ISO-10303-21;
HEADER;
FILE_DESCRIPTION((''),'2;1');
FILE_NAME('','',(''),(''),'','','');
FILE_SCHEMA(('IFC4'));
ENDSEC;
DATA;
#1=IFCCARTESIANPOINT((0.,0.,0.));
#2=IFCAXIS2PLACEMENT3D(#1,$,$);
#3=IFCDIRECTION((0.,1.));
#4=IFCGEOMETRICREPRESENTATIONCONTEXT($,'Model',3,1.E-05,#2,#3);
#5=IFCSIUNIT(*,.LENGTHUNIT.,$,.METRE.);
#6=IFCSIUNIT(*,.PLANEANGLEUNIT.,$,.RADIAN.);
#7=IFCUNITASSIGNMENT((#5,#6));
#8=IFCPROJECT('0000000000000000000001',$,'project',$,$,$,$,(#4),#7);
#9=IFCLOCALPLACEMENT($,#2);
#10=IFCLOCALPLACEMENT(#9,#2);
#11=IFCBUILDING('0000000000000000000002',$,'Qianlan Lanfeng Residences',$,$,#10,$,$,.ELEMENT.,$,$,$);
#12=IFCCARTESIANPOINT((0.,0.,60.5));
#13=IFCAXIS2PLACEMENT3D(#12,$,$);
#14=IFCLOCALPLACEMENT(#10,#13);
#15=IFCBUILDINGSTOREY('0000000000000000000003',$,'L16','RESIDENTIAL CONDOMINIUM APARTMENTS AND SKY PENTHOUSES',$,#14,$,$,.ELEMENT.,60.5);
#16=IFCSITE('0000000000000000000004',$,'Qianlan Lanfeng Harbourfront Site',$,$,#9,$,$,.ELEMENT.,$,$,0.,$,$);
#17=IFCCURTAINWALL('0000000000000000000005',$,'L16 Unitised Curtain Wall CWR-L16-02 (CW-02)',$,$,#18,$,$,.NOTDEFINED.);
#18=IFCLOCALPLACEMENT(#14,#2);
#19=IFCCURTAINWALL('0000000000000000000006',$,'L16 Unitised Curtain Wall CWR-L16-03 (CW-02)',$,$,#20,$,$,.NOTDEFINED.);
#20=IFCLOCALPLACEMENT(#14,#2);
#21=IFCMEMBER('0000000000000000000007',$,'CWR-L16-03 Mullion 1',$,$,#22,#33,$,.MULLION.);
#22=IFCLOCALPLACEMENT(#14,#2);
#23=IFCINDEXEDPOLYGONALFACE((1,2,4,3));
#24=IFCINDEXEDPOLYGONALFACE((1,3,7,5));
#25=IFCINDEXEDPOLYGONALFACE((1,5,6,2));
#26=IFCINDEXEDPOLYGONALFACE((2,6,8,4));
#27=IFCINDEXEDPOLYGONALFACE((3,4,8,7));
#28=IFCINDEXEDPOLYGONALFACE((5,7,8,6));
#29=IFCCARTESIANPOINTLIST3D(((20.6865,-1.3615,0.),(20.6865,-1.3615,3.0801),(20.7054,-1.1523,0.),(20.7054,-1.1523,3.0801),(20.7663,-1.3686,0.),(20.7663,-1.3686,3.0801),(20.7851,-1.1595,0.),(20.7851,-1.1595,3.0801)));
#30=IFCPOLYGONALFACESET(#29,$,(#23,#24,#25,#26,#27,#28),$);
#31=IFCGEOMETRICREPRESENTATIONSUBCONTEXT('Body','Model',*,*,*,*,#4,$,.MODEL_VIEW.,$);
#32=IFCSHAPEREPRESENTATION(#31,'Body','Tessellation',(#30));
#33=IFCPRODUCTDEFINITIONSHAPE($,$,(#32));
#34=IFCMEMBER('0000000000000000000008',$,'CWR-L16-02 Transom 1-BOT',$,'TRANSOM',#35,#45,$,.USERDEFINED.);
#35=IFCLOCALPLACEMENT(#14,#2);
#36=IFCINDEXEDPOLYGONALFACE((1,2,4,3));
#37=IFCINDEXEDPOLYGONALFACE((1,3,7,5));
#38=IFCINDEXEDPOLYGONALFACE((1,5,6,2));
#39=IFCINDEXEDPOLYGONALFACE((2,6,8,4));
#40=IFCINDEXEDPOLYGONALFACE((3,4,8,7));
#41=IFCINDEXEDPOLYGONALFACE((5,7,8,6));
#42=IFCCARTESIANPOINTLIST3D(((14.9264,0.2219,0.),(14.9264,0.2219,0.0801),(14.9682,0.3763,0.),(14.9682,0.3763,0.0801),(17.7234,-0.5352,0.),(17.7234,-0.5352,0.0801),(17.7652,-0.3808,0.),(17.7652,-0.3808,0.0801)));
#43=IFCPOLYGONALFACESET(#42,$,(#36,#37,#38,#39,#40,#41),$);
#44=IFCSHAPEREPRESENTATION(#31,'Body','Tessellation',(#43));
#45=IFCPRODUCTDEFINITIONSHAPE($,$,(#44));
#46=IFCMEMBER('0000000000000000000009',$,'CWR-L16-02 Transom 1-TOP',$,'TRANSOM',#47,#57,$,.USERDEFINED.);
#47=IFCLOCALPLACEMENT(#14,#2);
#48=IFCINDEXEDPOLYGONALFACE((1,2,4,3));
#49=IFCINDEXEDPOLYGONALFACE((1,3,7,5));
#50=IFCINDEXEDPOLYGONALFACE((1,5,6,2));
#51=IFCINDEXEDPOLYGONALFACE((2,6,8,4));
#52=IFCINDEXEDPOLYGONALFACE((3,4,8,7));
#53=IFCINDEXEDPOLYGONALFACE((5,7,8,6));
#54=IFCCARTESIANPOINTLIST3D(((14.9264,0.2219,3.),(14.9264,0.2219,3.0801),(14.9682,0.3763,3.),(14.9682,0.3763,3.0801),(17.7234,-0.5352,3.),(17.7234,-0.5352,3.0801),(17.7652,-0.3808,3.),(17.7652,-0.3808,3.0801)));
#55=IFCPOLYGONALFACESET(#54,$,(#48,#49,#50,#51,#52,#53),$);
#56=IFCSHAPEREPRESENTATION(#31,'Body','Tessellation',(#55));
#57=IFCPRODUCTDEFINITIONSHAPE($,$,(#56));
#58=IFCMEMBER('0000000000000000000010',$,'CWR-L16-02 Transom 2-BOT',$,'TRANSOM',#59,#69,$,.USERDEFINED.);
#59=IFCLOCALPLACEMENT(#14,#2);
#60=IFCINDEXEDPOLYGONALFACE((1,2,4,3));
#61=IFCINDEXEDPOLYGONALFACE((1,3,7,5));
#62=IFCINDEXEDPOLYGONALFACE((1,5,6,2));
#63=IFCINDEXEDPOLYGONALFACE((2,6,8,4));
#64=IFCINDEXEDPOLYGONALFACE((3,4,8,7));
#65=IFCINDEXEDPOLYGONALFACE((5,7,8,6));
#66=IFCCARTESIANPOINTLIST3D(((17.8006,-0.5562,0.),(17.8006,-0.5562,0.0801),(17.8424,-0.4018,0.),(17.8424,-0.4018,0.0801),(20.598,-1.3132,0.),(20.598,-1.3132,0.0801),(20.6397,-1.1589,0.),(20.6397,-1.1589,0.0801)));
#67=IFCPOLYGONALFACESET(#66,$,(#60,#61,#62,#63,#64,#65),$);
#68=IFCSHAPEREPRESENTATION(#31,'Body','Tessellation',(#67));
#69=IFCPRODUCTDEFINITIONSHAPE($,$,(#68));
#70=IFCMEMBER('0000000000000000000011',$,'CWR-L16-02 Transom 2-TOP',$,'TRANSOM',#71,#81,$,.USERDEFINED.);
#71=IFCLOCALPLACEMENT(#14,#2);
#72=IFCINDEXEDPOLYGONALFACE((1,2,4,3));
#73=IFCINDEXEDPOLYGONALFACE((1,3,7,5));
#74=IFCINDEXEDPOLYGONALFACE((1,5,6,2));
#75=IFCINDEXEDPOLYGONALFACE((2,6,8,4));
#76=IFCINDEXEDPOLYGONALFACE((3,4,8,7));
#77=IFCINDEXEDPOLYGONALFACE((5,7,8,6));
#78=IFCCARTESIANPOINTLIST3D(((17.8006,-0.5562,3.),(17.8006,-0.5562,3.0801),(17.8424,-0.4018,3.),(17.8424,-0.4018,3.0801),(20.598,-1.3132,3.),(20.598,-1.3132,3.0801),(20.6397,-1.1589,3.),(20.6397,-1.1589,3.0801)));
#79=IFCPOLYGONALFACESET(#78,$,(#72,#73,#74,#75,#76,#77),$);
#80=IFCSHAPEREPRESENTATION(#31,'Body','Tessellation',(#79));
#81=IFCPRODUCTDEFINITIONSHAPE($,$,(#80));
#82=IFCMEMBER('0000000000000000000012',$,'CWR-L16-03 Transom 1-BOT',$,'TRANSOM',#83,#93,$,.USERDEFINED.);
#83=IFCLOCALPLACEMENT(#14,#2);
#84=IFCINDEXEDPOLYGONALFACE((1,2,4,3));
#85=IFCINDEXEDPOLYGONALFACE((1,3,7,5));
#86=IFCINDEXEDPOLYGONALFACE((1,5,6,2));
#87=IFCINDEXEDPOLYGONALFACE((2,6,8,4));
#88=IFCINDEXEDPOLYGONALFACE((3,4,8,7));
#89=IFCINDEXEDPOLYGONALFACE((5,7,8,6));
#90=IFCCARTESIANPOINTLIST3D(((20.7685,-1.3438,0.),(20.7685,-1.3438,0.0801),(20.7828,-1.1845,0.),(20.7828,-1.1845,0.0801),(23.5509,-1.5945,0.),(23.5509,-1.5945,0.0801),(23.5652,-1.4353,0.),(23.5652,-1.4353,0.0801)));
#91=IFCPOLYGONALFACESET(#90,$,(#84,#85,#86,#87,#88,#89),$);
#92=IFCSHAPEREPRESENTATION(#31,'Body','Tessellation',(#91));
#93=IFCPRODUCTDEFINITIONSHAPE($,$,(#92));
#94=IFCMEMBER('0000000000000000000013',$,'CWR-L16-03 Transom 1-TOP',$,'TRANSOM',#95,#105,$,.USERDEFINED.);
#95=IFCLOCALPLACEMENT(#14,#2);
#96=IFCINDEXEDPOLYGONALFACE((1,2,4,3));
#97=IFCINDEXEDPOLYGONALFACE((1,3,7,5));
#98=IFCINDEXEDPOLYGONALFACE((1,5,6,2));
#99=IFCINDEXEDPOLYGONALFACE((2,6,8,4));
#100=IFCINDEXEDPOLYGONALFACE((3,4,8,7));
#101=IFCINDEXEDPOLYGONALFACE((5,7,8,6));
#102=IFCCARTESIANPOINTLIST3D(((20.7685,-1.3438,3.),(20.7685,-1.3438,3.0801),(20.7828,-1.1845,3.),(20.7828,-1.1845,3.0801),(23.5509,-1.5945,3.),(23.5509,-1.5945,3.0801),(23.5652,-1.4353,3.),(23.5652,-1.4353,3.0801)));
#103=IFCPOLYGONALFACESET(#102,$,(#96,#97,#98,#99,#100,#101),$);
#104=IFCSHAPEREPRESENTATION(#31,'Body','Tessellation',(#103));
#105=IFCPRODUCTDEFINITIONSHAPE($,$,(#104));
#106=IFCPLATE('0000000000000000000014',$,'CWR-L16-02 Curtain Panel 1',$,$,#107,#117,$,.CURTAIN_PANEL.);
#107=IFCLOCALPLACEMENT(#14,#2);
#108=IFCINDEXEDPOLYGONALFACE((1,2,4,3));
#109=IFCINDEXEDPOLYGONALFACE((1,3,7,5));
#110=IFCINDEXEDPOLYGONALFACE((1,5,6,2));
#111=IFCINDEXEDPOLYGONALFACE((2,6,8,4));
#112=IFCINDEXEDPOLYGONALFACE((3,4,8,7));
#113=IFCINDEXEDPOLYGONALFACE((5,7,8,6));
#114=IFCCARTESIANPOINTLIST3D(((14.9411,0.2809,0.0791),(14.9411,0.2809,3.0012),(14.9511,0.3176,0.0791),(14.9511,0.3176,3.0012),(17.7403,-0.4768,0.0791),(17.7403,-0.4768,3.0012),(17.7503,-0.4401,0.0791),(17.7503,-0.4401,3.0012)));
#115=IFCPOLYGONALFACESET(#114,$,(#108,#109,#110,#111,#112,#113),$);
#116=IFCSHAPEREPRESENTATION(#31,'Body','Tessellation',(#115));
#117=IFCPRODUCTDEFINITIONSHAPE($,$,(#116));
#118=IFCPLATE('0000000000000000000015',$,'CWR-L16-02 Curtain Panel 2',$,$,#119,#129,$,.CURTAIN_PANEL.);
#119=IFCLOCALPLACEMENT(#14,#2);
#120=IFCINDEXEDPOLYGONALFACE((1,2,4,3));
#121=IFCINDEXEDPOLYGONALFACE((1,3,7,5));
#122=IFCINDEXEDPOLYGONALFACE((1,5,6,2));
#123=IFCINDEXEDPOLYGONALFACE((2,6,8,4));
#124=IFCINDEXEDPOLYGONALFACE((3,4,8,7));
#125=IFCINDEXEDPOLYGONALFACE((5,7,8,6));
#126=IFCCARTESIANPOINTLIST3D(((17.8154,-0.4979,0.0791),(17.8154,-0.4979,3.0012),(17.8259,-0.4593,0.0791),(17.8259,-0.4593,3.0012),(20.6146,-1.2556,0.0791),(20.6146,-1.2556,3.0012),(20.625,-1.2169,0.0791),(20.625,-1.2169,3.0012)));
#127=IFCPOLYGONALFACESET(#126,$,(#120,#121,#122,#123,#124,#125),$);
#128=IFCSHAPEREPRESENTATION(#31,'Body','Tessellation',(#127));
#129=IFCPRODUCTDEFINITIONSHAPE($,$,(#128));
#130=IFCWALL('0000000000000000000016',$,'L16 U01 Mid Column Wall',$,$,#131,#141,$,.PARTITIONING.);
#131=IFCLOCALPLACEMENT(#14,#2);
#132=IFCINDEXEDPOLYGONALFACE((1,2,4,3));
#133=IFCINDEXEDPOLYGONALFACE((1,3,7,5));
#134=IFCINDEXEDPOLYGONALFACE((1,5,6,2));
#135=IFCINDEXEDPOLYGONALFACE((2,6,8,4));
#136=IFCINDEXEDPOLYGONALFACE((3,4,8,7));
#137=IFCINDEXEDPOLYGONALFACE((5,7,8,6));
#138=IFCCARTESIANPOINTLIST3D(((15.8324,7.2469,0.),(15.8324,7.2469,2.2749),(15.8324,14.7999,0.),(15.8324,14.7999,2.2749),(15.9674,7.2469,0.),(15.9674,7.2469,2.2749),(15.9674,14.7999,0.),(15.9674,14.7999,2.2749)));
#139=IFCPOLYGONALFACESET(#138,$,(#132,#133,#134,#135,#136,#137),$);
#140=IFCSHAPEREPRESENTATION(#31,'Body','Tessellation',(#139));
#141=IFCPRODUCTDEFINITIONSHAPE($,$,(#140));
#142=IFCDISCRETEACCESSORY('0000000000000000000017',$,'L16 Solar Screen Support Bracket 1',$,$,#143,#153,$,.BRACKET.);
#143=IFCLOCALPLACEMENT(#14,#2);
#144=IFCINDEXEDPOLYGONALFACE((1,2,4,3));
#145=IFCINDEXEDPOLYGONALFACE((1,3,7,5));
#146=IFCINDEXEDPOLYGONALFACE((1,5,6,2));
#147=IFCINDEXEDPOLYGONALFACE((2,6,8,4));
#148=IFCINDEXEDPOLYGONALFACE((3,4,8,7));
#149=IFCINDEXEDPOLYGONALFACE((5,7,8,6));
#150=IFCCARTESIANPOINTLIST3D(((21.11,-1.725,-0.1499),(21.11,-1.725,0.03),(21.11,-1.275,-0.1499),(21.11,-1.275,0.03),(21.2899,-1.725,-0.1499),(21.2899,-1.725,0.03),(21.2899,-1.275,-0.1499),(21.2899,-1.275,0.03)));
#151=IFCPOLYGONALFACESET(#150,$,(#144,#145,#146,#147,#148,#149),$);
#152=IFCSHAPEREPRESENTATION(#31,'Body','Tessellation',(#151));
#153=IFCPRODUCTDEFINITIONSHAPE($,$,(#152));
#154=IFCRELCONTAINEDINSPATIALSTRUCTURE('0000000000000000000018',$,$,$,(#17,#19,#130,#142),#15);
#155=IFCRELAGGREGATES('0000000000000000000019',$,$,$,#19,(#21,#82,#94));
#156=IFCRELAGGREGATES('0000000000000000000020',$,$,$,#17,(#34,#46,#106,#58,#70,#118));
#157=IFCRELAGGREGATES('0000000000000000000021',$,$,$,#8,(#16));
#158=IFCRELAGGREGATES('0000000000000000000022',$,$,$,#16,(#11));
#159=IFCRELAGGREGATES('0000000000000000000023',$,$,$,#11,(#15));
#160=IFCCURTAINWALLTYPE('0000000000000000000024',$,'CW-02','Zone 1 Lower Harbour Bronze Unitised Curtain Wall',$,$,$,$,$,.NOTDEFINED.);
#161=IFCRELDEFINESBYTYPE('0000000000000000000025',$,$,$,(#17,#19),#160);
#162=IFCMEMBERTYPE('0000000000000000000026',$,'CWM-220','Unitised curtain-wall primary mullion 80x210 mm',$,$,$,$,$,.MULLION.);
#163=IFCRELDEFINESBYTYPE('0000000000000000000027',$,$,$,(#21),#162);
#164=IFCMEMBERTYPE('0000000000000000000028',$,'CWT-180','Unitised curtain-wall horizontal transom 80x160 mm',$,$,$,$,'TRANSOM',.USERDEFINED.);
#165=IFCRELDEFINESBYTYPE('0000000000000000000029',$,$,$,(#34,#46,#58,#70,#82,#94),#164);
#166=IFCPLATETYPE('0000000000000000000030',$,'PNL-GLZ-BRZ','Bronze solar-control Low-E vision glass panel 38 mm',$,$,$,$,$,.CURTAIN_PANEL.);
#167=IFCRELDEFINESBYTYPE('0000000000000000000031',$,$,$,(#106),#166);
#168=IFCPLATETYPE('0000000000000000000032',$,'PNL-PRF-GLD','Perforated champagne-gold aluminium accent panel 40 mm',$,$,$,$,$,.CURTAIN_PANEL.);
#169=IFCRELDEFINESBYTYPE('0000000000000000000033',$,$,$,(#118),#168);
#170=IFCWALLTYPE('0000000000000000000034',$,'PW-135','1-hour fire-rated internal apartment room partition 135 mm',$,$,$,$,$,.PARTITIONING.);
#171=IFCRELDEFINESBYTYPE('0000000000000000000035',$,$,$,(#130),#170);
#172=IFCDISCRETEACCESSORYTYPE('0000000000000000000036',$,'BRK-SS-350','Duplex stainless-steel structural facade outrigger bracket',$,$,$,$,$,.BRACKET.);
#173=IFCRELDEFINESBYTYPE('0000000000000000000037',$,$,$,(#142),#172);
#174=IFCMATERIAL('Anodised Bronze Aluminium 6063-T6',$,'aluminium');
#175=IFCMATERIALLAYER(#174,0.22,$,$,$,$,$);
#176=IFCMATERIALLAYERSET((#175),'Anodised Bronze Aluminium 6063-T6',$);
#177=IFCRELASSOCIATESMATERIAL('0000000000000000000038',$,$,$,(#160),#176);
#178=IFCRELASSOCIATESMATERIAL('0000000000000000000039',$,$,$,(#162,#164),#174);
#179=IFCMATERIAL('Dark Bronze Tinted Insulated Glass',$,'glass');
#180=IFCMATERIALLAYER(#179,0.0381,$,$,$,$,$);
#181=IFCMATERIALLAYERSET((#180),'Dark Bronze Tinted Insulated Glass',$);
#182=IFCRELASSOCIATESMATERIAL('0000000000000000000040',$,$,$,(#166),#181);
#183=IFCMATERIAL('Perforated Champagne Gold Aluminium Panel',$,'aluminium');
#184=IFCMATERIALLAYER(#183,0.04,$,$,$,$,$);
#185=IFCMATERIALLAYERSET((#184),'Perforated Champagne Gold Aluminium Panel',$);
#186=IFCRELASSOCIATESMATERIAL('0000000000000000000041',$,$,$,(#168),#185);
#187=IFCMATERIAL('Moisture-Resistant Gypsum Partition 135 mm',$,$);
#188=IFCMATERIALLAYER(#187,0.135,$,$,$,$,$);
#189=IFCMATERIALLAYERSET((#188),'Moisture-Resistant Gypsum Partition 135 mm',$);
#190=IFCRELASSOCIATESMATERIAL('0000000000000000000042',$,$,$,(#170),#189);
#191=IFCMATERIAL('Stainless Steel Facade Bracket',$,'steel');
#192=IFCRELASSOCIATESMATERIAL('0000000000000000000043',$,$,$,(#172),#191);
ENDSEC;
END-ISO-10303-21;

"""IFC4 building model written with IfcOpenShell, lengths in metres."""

from ifc_helpers import new_model, si_unit, direction, frame, frame_2d, origin, origin_2d, place, context, subcontext, project, spatial, rectangle, extrude, source, transform, mapped, material, layer, layer_set, material_profile, profile_set, type_object, element, aggregate, save


model = new_model("IFC4")

# Units and contexts
model_context = context("Model", 3, precision=1e-05, world=origin(), true_north=direction((0.0, 1.0)))
body_context = subcontext(model_context, "Body", "Model", "MODEL_VIEW")
ifc_project = project(units=[si_unit("LENGTHUNIT", "METRE"), si_unit("PLANEANGLEUNIT", "RADIAN")], contexts=[model_context])

# Site, building, storey
site_placement = place(None, origin())
site = spatial("IfcSite", under=ifc_project, at=site_placement, Name="Qianlan Lanfeng Harbourfront Site", CompositionType="ELEMENT", RefElevation=0.0)
building_placement = place(site_placement, origin())
building = spatial("IfcBuilding", under=site, at=building_placement, Name="Qianlan Lanfeng Residences", CompositionType="ELEMENT")
storey_placement = place(building_placement, frame((0.0, 0.0, 60.5)))
storey = spatial("IfcBuildingStorey", under=building, at=storey_placement, Name="L16", Description="RESIDENTIAL CONDOMINIUM APARTMENTS AND SKY PENTHOUSES", CompositionType="ELEMENT", Elevation=60.5)

# Curtain wall
ifc_material_1 = material(Name="Anodised Bronze Aluminium 6063-T6", Category="aluminium")
ifc_layer_1 = layer(ifc_material_1, 0.22)
ifc_layer_set_1 = layer_set([ifc_layer_1], Name="Anodised Bronze Aluminium 6063-T6")
curtain_wall_type = type_object("IfcCurtainWallType", Name="CW-02", Description="Zone 1 Lower Harbour Bronze Unitised Curtain Wall", PredefinedType="NOTDEFINED", material=ifc_layer_set_1)
curtain_wall_1_placement = place(storey_placement, origin())
curtain_wall_1 = element("IfcCurtainWall", 1, at=curtain_wall_1_placement, inside=storey, type_object=curtain_wall_type, Name="L16 Unitised Curtain Wall CWR-L16-02 (CW-02)", PredefinedType="NOTDEFINED")
ifc_material_profile_1 = material_profile(ifc_material_1, rectangle(XDim=0.0801, YDim=0.21, at=origin_2d()), Name="ALU MULLION 80x210")
ifc_profile_set_1 = profile_set([ifc_material_profile_1], Name="Anodised Bronze Aluminium 6063-T6")
member_type_1 = type_object("IfcMemberType", Name="CWM-220", Description="Unitised curtain-wall primary mullion 80x210 mm", PredefinedType="MULLION", material=ifc_profile_set_1)
shared_shape_1 = source(origin(), body_context, "Body", "SweptSolid", [
    extrude(rectangle(XDim=0.0801, YDim=0.21, at=origin_2d()), origin(), (0.0, 0.0, 1.0), 3.0801),
])

# Curtain wall, member
curtain_wall_2_placement = place(storey_placement, origin())
curtain_wall_2 = element("IfcCurtainWall", 2, at=curtain_wall_2_placement, inside=storey, type_object=curtain_wall_type, Name="L16 Unitised Curtain Wall CWR-L16-03 (CW-02)", PredefinedType="NOTDEFINED")
member_1_placement = place(storey_placement, frame((20.7358, -1.2605, 0.0), z_axis=(0.0, 0.0, 1.0), x_axis=(0.995965, -0.089746, 0.0)))
member_1 = element("IfcMember", 3, at=member_1_placement, type_object=member_type_1, Name="CWR-L16-03 Mullion 1", PredefinedType="MULLION", context=body_context, shape_type="MappedRepresentation", body=[
    mapped(shared_shape_1, transform((0.0, 0.0, 0.0), scale=1.0)),
])

# Members
ifc_material_profile_2 = material_profile(ifc_material_1, rectangle(XDim=0.0801, YDim=0.1599, at=origin_2d()), Name="ALU TRANSOM 80x160")
ifc_profile_set_2 = profile_set([ifc_material_profile_2], Name="Anodised Bronze Aluminium 6063-T6")
member_type_2 = type_object("IfcMemberType", Name="CWT-180", Description="Unitised curtain-wall horizontal transom 80x160 mm", ElementType="TRANSOM", PredefinedType="USERDEFINED", material=ifc_profile_set_2)
shared_shape_2 = source(origin(), body_context, "Body", "SweptSolid", [
    extrude(rectangle(XDim=0.0801, YDim=0.1599, at=origin_2d()), origin(), (0.0, 0.0, 1.0), 2.8977),
])
member_2_placement = place(storey_placement, frame((14.9473, 0.2991, 0.04), z_axis=(0.965268, -0.261263, 0.0), x_axis=(0.0, 0.0, 1.0)))
member_2 = element("IfcMember", 4, at=member_2_placement, type_object=member_type_2, Name="CWR-L16-02 Transom 1-BOT", ObjectType="TRANSOM", PredefinedType="USERDEFINED", context=body_context, shape_type="MappedRepresentation", body=[
    mapped(shared_shape_2, transform((0.0, 0.0, 0.0), scale=1.0)),
])
member_3_placement = place(storey_placement, frame((14.9473, 0.2991, 3.04), z_axis=(0.965268, -0.261263, 0.0), x_axis=(0.0, 0.0, 1.0)))
member_3 = element("IfcMember", 5, at=member_3_placement, type_object=member_type_2, Name="CWR-L16-02 Transom 1-TOP", ObjectType="TRANSOM", PredefinedType="USERDEFINED", context=body_context, shape_type="MappedRepresentation", body=[
    mapped(shared_shape_2, transform((0.0, 0.0, 0.0), scale=1.0)),
])
shared_shape_3 = source(origin(), body_context, "Body", "SweptSolid", [
    extrude(rectangle(XDim=0.0801, YDim=0.1599, at=origin_2d()), origin(), (0.0, 0.0, 1.0), 2.8979),
])
member_4_placement = place(storey_placement, frame((17.8215, -0.479, 0.04), z_axis=(0.965273, -0.261242, 0.0), x_axis=(0.0, 0.0, 1.0)))
member_4 = element("IfcMember", 6, at=member_4_placement, type_object=member_type_2, Name="CWR-L16-02 Transom 2-BOT", ObjectType="TRANSOM", PredefinedType="USERDEFINED", context=body_context, shape_type="MappedRepresentation", body=[
    mapped(shared_shape_3, transform((0.0, 0.0, 0.0), scale=1.0)),
])
member_5_placement = place(storey_placement, frame((17.8215, -0.479, 3.04), z_axis=(0.965273, -0.261242, 0.0), x_axis=(0.0, 0.0, 1.0)))
member_5 = element("IfcMember", 7, at=member_5_placement, type_object=member_type_2, Name="CWR-L16-02 Transom 2-TOP", ObjectType="TRANSOM", PredefinedType="USERDEFINED", context=body_context, shape_type="MappedRepresentation", body=[
    mapped(shared_shape_3, transform((0.0, 0.0, 0.0), scale=1.0)),
])
shared_shape_4 = source(origin(), body_context, "Body", "SweptSolid", [
    extrude(rectangle(XDim=0.0801, YDim=0.1599, at=origin_2d()), origin(), (0.0, 0.0, 1.0), 2.7937),
])
member_6_placement = place(storey_placement, frame((20.7756, -1.2642, 0.04), z_axis=(0.995965, -0.089748, 0.0), x_axis=(0.0, 0.0, 1.0)))
member_6 = element("IfcMember", 8, at=member_6_placement, type_object=member_type_2, Name="CWR-L16-03 Transom 1-BOT", ObjectType="TRANSOM", PredefinedType="USERDEFINED", context=body_context, shape_type="MappedRepresentation", body=[
    mapped(shared_shape_4, transform((0.0, 0.0, 0.0), scale=1.0)),
])
member_7_placement = place(storey_placement, frame((20.7756, -1.2642, 3.04), z_axis=(0.995965, -0.089748, 0.0), x_axis=(0.0, 0.0, 1.0)))
member_7 = element("IfcMember", 9, at=member_7_placement, type_object=member_type_2, Name="CWR-L16-03 Transom 1-TOP", ObjectType="TRANSOM", PredefinedType="USERDEFINED", context=body_context, shape_type="MappedRepresentation", body=[
    mapped(shared_shape_4, transform((0.0, 0.0, 0.0), scale=1.0)),
])
aggregate(curtain_wall_2, [member_1, member_6, member_7])

# Plates
ifc_material_2 = material(Name="Dark Bronze Tinted Insulated Glass", Category="glass")
ifc_layer_2 = layer(ifc_material_2, 0.0381)
ifc_layer_set_2 = layer_set([ifc_layer_2], Name="Dark Bronze Tinted Insulated Glass")
plate_type_1 = type_object("IfcPlateType", Name="PNL-GLZ-BRZ", Description="Bronze solar-control Low-E vision glass panel 38 mm", PredefinedType="CURTAIN_PANEL", material=ifc_layer_set_2)
shared_shape_5 = source(origin(), body_context, "Body", "SweptSolid", [
    extrude(rectangle(XDim=2.8999, YDim=0.0381, at=origin_2d()), origin(), (0.0, 0.0, 1.0), 2.9221),
])
plate_1_placement = place(storey_placement, frame((16.3457, -0.0796, 0.0791), z_axis=(0.0, 0.0, 1.0), x_axis=(0.965263, -0.261281, 0.0)))
plate_1 = element("IfcPlate", 10, at=plate_1_placement, type_object=plate_type_1, Name="CWR-L16-02 Curtain Panel 1", PredefinedType="CURTAIN_PANEL", context=body_context, shape_type="MappedRepresentation", body=[
    mapped(shared_shape_5, transform((0.0, 0.0, 0.0), scale=1.0)),
])
ifc_material_3 = material(Name="Perforated Champagne Gold Aluminium Panel", Category="aluminium")
ifc_layer_3 = layer(ifc_material_3, 0.04)
ifc_layer_set_3 = layer_set([ifc_layer_3], Name="Perforated Champagne Gold Aluminium Panel")
plate_type_2 = type_object("IfcPlateType", Name="PNL-PRF-GLD", Description="Perforated champagne-gold aluminium accent panel 40 mm", PredefinedType="CURTAIN_PANEL", material=ifc_layer_set_3)
shared_shape_6 = source(origin(), body_context, "Body", "SweptSolid", [
    extrude(rectangle(XDim=2.8999, YDim=0.04, at=origin_2d()), origin(), (0.0, 0.0, 1.0), 2.9221),
])
plate_2_placement = place(storey_placement, frame((19.2202, -0.8574, 0.0791), z_axis=(0.0, 0.0, 1.0), x_axis=(0.965263, -0.261281, 0.0)))
plate_2 = element("IfcPlate", 11, at=plate_2_placement, type_object=plate_type_2, Name="CWR-L16-02 Curtain Panel 2", PredefinedType="CURTAIN_PANEL", context=body_context, shape_type="MappedRepresentation", body=[
    mapped(shared_shape_6, transform((0.0, 0.0, 0.0), scale=1.0)),
])
aggregate(curtain_wall_1, [member_2, member_3, plate_1, member_4, member_5, plate_2])

# Wall
ifc_material_4 = material(Name="Moisture-Resistant Gypsum Partition 135 mm")
ifc_layer_4 = layer(ifc_material_4, 0.135)
ifc_layer_set_4 = layer_set([ifc_layer_4], Name="Moisture-Resistant Gypsum Partition 135 mm")
wall_type = type_object("IfcWallType", Name="PW-135", Description="1-hour fire-rated internal apartment room partition 135 mm", PredefinedType="PARTITIONING", material=ifc_layer_set_4)
wall_placement = place(storey_placement, frame((15.8999, 7.2471, 0.0), z_axis=(0.0, 0.0, 1.0), x_axis=(0.0, 1.0, 0.0)))
element("IfcWall", 12, at=wall_placement, inside=storey, type_object=wall_type, Name="L16 U01 Mid Column Wall", PredefinedType="PARTITIONING", context=body_context, shape_type="SweptSolid", body=[
    extrude(rectangle(XDim=7.553, YDim=0.135, at=frame_2d((3.7764, 0.0))), origin(), (0.0, 0.0, 1.0), 2.2749),
])

# Discrete accessory
ifc_material_5 = material(Name="Stainless Steel Facade Bracket", Category="steel")
discrete_accessory_type = type_object("IfcDiscreteAccessoryType", Name="BRK-SS-350", Description="Duplex stainless-steel structural facade outrigger bracket", PredefinedType="BRACKET", material=ifc_material_5)
shared_shape_7 = source(origin(), body_context, "Body", "SweptSolid", [
    extrude(rectangle(XDim=0.1799, YDim=0.45, at=origin_2d()), origin(), (0.0, 0.0, 1.0), 0.1799),
])
discrete_accessory_placement = place(storey_placement, frame((21.2, -1.5, -0.1499), z_axis=(0.0, 0.0, 1.0), x_axis=(1.0, 0.0, 0.0)))
element("IfcDiscreteAccessory", 13, at=discrete_accessory_placement, inside=storey, type_object=discrete_accessory_type, Name="L16 Solar Screen Support Bracket 1", PredefinedType="BRACKET", context=body_context, shape_type="MappedRepresentation", body=[
    mapped(shared_shape_7, transform((0.0, 0.0, 0.0), scale=1.0)),
])

save(model, "model.ifc")
